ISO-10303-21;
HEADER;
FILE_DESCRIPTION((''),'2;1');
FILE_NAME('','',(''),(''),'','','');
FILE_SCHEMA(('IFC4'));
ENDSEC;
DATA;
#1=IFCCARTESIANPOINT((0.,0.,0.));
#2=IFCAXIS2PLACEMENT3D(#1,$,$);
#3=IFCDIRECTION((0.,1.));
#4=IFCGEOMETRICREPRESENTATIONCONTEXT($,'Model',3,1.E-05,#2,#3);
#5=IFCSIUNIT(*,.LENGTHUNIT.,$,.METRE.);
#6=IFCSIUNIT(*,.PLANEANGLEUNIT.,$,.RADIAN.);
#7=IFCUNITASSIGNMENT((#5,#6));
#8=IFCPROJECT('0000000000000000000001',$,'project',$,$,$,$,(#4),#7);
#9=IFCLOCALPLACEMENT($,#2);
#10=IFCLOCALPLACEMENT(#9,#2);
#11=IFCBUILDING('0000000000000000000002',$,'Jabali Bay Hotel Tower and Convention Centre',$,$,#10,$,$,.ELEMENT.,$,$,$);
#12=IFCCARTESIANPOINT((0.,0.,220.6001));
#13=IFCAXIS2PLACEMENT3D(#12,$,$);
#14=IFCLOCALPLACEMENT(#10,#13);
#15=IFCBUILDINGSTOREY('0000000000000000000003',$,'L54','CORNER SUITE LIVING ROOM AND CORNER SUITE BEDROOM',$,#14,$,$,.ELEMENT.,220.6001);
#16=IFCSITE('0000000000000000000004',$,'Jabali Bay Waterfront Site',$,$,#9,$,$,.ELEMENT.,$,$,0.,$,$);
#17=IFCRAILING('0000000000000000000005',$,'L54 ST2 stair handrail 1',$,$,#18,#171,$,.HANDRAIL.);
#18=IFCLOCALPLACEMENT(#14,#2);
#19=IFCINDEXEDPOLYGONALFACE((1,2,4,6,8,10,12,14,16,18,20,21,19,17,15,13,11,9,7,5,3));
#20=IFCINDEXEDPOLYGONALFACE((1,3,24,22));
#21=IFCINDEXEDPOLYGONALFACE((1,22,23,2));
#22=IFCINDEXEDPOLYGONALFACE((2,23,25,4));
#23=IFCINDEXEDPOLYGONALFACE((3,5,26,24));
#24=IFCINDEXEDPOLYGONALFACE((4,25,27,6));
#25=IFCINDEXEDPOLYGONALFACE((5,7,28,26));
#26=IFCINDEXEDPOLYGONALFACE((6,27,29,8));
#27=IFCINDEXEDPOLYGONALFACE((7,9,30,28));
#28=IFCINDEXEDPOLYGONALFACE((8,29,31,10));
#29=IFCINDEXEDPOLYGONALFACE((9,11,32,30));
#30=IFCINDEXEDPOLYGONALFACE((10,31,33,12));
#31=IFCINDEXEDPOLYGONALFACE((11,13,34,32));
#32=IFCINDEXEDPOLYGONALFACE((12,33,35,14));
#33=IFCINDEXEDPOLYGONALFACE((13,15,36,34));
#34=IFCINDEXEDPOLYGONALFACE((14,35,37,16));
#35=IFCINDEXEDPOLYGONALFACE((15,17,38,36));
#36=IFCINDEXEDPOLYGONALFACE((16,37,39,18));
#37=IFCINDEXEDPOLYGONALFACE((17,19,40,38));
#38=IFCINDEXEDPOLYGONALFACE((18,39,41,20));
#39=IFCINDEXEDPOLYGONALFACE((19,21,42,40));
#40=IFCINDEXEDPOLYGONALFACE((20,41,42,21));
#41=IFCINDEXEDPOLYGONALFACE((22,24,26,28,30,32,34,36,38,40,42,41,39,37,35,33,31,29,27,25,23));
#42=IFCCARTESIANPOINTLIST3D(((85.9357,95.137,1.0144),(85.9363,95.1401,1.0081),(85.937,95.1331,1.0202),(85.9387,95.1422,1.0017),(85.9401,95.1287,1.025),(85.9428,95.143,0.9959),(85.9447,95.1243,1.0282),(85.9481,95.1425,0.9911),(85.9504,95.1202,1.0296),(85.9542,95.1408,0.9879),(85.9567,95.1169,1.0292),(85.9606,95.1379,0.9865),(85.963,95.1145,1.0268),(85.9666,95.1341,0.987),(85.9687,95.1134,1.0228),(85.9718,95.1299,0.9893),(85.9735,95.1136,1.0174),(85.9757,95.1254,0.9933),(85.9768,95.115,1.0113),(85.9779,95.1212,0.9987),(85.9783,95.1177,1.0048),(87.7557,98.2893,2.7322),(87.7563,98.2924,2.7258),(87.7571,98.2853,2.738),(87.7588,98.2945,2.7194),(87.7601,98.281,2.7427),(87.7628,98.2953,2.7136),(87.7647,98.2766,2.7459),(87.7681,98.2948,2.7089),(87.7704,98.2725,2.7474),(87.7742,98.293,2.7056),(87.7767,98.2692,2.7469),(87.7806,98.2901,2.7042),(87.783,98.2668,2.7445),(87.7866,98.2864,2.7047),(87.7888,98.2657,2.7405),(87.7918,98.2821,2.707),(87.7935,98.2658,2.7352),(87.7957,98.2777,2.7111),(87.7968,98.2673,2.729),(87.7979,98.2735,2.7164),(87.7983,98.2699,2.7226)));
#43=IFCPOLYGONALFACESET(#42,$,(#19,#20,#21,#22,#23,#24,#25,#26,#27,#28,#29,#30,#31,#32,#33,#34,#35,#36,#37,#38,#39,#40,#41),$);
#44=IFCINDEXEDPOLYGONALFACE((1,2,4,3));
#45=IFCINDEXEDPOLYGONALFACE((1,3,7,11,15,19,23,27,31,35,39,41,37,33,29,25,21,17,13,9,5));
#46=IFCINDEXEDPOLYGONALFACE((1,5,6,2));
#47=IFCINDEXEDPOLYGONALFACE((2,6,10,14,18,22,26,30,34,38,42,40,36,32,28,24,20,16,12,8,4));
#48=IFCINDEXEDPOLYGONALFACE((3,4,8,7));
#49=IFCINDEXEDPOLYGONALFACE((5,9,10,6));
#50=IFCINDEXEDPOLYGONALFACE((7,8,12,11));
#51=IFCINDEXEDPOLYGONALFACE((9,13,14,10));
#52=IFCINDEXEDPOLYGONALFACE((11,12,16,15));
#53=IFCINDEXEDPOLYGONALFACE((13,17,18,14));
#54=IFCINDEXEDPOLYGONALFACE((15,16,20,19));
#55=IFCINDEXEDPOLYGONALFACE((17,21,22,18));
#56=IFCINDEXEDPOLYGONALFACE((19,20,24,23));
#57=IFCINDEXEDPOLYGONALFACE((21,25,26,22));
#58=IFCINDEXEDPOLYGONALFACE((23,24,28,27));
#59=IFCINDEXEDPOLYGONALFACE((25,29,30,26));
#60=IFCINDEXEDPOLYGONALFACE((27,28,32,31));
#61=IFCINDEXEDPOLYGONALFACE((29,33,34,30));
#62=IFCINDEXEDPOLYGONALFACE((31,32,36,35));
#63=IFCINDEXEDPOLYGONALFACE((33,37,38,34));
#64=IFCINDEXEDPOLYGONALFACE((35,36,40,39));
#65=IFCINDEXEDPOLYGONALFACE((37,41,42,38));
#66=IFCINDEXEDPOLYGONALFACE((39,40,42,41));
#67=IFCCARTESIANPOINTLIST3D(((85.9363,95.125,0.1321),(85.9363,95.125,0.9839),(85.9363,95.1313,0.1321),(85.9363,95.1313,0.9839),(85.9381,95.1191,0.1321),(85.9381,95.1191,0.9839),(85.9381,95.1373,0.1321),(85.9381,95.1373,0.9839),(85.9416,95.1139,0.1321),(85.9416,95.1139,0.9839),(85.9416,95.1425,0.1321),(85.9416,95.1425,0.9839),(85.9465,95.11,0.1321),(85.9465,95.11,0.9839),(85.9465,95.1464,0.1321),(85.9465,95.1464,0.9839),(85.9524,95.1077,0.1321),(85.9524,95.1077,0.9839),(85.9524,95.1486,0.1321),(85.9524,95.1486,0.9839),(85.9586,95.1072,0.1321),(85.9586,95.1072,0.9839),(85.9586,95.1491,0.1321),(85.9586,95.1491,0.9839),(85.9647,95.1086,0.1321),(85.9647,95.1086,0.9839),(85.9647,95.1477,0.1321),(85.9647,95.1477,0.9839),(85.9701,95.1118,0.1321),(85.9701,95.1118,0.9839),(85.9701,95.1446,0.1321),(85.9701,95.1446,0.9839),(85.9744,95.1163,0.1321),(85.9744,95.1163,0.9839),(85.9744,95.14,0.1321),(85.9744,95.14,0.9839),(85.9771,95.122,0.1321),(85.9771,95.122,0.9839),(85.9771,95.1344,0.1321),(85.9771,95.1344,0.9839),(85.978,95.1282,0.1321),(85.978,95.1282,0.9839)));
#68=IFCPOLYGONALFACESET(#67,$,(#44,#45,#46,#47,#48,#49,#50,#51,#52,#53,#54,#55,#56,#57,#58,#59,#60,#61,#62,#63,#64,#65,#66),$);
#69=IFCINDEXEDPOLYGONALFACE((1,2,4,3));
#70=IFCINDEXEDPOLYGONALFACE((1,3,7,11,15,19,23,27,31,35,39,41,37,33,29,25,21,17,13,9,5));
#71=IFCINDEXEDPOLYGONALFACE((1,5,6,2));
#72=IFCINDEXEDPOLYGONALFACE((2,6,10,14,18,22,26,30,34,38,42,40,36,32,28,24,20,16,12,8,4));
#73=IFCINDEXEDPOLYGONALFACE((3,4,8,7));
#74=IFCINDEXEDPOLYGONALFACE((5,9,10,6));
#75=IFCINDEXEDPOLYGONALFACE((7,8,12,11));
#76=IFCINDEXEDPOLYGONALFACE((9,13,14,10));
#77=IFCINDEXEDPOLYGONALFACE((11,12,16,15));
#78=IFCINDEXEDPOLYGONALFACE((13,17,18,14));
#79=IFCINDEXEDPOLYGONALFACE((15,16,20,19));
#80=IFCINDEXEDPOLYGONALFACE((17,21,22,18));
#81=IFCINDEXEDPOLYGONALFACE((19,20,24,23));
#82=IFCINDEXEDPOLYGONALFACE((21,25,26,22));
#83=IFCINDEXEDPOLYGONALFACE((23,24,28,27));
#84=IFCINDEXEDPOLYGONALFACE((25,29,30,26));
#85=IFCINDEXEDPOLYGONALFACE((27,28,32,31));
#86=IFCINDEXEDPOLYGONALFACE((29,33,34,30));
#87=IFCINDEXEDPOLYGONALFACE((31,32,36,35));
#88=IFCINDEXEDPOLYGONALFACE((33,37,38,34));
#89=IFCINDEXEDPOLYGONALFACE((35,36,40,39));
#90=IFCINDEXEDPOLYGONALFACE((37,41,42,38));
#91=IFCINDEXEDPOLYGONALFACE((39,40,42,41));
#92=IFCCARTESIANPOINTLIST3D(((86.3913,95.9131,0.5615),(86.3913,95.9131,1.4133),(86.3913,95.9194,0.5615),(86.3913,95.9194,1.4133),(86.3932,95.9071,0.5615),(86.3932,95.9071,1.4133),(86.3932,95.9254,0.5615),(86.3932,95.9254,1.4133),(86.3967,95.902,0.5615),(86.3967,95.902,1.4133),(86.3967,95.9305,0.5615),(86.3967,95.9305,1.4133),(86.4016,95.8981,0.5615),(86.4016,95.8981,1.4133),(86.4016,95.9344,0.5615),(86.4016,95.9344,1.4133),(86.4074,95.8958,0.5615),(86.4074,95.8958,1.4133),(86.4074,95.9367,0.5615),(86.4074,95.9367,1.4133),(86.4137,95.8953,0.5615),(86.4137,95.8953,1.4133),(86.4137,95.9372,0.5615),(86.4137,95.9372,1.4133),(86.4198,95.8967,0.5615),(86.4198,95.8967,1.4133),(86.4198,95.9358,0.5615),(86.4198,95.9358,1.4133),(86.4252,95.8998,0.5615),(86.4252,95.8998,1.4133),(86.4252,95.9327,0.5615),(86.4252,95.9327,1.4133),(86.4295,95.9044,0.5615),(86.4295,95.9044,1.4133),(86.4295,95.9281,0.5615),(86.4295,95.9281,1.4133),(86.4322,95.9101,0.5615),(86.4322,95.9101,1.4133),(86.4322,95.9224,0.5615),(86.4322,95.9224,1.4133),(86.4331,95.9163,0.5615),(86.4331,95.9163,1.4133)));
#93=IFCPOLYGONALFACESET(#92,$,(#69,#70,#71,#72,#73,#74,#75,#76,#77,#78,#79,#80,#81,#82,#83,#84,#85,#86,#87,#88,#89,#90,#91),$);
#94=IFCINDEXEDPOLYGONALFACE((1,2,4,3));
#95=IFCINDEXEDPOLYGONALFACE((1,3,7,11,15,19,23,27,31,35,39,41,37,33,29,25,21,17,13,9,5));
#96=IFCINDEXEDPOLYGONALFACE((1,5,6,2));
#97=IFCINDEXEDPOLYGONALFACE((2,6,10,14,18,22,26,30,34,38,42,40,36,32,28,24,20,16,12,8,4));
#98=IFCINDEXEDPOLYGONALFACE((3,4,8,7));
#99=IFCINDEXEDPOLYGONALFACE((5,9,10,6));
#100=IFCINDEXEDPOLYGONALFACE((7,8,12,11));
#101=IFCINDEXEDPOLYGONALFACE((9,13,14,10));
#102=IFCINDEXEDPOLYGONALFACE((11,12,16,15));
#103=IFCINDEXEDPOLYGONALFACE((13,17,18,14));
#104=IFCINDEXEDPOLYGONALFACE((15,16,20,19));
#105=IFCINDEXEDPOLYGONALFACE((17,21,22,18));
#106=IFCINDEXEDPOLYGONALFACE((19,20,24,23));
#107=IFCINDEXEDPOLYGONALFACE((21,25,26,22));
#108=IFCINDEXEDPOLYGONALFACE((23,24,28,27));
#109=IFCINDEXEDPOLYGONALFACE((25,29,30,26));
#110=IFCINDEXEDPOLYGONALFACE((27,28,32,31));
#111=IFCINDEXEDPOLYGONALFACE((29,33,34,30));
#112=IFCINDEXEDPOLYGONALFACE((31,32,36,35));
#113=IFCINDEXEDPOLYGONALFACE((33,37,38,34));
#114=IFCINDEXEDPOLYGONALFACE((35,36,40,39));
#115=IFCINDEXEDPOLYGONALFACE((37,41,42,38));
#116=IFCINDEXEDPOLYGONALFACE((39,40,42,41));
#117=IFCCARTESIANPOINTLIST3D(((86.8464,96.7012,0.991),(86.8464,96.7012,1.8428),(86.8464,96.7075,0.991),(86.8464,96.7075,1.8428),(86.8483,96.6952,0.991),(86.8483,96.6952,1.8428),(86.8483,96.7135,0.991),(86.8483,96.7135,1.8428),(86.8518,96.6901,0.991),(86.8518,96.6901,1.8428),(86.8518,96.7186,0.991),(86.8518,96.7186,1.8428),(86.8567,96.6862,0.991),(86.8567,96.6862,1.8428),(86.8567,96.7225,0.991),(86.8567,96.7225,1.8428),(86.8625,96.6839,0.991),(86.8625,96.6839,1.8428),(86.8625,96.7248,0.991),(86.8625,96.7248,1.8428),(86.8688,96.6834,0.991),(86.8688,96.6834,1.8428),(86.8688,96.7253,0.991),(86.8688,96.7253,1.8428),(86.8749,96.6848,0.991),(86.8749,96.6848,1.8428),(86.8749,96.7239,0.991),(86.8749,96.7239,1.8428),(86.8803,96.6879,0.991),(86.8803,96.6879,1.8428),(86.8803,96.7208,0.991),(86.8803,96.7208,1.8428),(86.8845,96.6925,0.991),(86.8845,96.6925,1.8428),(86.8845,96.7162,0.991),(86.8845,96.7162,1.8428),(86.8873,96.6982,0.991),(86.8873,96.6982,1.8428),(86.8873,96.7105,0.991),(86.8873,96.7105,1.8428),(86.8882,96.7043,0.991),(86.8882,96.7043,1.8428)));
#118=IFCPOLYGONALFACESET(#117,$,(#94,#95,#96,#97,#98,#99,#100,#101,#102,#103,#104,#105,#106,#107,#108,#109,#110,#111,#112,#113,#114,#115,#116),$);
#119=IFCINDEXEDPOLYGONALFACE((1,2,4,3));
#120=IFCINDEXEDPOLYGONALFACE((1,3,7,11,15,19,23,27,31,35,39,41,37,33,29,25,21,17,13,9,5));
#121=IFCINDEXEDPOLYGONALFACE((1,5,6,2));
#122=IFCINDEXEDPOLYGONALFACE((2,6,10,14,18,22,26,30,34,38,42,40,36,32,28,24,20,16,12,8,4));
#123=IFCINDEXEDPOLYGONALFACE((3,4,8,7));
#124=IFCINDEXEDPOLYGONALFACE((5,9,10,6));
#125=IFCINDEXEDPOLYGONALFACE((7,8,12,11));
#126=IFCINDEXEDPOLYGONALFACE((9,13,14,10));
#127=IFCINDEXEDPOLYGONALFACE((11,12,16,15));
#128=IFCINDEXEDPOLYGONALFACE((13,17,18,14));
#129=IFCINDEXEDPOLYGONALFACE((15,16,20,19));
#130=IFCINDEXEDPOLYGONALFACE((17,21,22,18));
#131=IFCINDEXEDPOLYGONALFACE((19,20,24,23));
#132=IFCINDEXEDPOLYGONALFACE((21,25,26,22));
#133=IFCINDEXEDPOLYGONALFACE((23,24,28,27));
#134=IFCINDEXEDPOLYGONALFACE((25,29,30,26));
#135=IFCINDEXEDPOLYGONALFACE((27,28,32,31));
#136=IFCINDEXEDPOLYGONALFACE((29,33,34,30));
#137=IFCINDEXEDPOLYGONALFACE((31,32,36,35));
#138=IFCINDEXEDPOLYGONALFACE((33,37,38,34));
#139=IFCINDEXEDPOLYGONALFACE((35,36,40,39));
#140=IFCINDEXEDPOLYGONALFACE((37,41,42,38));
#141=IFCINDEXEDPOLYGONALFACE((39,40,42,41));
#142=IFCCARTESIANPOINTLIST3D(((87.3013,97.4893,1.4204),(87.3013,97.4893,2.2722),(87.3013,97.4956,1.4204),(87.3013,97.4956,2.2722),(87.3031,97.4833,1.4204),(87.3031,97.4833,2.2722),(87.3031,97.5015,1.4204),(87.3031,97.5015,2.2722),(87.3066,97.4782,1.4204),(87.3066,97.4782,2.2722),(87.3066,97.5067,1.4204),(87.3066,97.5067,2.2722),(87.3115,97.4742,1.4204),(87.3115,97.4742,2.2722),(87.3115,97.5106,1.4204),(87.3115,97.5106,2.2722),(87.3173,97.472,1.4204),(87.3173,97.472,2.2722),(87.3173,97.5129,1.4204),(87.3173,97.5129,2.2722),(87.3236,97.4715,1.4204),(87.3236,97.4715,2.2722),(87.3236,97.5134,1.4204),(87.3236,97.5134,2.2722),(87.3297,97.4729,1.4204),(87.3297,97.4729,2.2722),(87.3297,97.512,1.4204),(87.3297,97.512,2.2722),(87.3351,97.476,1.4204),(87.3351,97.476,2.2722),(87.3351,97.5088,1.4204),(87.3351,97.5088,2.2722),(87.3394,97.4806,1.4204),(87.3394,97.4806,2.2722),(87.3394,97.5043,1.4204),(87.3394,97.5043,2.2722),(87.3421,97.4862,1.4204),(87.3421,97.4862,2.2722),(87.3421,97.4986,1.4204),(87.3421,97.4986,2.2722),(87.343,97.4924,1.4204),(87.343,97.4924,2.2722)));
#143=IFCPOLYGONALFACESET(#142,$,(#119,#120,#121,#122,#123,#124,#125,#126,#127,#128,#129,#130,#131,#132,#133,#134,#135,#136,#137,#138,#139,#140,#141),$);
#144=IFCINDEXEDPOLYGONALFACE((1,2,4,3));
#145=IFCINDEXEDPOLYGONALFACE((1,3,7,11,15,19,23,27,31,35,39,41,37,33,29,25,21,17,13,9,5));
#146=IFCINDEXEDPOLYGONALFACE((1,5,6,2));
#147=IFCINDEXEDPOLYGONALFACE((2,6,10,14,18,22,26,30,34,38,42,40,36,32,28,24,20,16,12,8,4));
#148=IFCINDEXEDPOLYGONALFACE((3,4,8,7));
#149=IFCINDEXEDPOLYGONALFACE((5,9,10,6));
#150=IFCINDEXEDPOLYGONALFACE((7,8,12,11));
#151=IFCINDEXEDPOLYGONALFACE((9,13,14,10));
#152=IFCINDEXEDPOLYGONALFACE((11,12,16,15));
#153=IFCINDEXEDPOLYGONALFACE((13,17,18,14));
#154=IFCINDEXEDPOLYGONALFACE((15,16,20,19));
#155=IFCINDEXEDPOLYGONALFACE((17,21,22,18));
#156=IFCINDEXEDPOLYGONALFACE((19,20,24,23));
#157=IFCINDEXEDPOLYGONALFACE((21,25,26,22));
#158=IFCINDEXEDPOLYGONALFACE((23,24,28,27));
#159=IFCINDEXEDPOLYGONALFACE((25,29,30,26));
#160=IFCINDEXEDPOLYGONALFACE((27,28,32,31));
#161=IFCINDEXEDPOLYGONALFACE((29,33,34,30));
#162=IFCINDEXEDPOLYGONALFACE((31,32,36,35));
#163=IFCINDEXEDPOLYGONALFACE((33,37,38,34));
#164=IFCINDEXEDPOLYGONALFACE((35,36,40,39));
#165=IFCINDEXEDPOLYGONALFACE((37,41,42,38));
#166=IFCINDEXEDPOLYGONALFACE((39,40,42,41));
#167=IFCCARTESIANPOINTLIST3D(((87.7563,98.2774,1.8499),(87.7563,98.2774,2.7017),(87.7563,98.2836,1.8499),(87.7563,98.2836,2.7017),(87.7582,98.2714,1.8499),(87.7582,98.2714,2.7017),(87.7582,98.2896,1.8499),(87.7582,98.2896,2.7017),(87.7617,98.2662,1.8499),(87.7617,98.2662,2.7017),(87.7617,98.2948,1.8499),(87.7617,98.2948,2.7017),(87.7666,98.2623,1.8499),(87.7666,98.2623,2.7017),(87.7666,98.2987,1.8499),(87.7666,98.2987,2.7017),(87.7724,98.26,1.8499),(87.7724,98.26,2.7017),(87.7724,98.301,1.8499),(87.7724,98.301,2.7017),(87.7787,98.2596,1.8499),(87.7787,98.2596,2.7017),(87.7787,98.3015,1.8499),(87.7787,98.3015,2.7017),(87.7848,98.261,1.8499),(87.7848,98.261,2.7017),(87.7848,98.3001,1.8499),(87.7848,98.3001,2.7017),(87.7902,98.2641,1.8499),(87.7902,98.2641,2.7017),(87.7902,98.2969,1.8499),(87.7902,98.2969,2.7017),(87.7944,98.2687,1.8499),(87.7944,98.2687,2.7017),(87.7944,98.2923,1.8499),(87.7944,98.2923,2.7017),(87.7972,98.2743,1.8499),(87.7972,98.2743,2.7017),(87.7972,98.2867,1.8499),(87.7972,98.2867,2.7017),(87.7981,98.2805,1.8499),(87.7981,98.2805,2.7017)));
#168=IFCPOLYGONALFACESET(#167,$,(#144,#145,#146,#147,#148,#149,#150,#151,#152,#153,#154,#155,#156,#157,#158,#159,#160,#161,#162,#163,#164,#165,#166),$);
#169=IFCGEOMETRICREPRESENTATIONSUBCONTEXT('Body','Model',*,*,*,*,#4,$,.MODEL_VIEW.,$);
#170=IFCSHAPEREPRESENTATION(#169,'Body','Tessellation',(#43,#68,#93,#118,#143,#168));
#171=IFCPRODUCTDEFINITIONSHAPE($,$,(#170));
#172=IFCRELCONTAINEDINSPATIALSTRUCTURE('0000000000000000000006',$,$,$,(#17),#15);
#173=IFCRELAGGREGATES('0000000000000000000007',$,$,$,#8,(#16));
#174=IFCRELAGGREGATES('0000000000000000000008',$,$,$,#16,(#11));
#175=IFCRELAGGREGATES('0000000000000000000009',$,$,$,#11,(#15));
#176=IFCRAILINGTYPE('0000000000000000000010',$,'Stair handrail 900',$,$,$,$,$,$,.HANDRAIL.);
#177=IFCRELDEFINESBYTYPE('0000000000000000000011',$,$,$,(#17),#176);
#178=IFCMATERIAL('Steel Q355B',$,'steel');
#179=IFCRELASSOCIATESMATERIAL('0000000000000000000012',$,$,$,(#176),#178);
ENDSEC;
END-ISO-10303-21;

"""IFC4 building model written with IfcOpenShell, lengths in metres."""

from ifc_helpers import new_model, si_unit, direction, frame, origin, origin_2d, place, context, subcontext, project, spatial, circle, extrude, material, type_object, element, save


model = new_model("IFC4")

# Units and contexts
model_context = context("Model", 3, precision=1e-05, world=origin(), true_north=direction((0.0, 1.0)))
body_context = subcontext(model_context, "Body", "Model", "MODEL_VIEW")
ifc_project = project(units=[si_unit("LENGTHUNIT", "METRE"), si_unit("PLANEANGLEUNIT", "RADIAN")], contexts=[model_context])

# Site, building, storey
site_placement = place(None, origin())
site = spatial("IfcSite", under=ifc_project, at=site_placement, Name="Jabali Bay Waterfront Site", CompositionType="ELEMENT", RefElevation=0.0)
building_placement = place(site_placement, origin())
building = spatial("IfcBuilding", under=site, at=building_placement, Name="Jabali Bay Hotel Tower and Convention Centre", CompositionType="ELEMENT")
storey_placement = place(building_placement, frame((0.0, 0.0, 220.6001)))
storey = spatial("IfcBuildingStorey", under=building, at=storey_placement, Name="L54", Description="CORNER SUITE LIVING ROOM AND CORNER SUITE BEDROOM", CompositionType="ELEMENT", Elevation=220.6001)

# Railing
ifc_material_1 = material(Name="Steel Q355B", Category="steel")
railing_type_1 = type_object("IfcRailingType", Name="Stair handrail 900", PredefinedType="HANDRAIL", material=ifc_material_1)
railing_1_placement = place(storey_placement, frame((85.957, 95.1282, 0.1321)))
element("IfcRailing", 1, at=railing_1_placement, inside=storey, type_object=railing_type_1, Name="L54 ST2 stair handrail 1", PredefinedType="HANDRAIL", context=body_context, shape_type="SweptSolid", body=[
    extrude(circle(Radius=0.0239, at=origin_2d()), frame((0.0, 0.0, 0.876), z_axis=(0.45219, 0.78319, 0.426775), x_axis=(-0.866018, 0.500013, 0.0)), (0.0, 0.0, 1.0), 4.0249),
    extrude(circle(Radius=0.021, at=origin_2d()), origin(), (0.0, 0.0, 1.0), 0.8518),
    extrude(circle(Radius=0.021, at=origin_2d()), frame((0.4551, 0.7881, 0.4294)), (0.0, 0.0, 1.0), 0.8518),
    extrude(circle(Radius=0.021, at=origin_2d()), frame((0.9102, 1.5762, 0.8589)), (0.0, 0.0, 1.0), 0.8518),
    extrude(circle(Radius=0.021, at=origin_2d()), frame((1.365, 2.3643, 1.2883)), (0.0, 0.0, 1.0), 0.8518),
    extrude(circle(Radius=0.021, at=origin_2d()), frame((1.8201, 3.1523, 1.7178)), (0.0, 0.0, 1.0), 0.8518),
])

save(model, "model.ifc")
